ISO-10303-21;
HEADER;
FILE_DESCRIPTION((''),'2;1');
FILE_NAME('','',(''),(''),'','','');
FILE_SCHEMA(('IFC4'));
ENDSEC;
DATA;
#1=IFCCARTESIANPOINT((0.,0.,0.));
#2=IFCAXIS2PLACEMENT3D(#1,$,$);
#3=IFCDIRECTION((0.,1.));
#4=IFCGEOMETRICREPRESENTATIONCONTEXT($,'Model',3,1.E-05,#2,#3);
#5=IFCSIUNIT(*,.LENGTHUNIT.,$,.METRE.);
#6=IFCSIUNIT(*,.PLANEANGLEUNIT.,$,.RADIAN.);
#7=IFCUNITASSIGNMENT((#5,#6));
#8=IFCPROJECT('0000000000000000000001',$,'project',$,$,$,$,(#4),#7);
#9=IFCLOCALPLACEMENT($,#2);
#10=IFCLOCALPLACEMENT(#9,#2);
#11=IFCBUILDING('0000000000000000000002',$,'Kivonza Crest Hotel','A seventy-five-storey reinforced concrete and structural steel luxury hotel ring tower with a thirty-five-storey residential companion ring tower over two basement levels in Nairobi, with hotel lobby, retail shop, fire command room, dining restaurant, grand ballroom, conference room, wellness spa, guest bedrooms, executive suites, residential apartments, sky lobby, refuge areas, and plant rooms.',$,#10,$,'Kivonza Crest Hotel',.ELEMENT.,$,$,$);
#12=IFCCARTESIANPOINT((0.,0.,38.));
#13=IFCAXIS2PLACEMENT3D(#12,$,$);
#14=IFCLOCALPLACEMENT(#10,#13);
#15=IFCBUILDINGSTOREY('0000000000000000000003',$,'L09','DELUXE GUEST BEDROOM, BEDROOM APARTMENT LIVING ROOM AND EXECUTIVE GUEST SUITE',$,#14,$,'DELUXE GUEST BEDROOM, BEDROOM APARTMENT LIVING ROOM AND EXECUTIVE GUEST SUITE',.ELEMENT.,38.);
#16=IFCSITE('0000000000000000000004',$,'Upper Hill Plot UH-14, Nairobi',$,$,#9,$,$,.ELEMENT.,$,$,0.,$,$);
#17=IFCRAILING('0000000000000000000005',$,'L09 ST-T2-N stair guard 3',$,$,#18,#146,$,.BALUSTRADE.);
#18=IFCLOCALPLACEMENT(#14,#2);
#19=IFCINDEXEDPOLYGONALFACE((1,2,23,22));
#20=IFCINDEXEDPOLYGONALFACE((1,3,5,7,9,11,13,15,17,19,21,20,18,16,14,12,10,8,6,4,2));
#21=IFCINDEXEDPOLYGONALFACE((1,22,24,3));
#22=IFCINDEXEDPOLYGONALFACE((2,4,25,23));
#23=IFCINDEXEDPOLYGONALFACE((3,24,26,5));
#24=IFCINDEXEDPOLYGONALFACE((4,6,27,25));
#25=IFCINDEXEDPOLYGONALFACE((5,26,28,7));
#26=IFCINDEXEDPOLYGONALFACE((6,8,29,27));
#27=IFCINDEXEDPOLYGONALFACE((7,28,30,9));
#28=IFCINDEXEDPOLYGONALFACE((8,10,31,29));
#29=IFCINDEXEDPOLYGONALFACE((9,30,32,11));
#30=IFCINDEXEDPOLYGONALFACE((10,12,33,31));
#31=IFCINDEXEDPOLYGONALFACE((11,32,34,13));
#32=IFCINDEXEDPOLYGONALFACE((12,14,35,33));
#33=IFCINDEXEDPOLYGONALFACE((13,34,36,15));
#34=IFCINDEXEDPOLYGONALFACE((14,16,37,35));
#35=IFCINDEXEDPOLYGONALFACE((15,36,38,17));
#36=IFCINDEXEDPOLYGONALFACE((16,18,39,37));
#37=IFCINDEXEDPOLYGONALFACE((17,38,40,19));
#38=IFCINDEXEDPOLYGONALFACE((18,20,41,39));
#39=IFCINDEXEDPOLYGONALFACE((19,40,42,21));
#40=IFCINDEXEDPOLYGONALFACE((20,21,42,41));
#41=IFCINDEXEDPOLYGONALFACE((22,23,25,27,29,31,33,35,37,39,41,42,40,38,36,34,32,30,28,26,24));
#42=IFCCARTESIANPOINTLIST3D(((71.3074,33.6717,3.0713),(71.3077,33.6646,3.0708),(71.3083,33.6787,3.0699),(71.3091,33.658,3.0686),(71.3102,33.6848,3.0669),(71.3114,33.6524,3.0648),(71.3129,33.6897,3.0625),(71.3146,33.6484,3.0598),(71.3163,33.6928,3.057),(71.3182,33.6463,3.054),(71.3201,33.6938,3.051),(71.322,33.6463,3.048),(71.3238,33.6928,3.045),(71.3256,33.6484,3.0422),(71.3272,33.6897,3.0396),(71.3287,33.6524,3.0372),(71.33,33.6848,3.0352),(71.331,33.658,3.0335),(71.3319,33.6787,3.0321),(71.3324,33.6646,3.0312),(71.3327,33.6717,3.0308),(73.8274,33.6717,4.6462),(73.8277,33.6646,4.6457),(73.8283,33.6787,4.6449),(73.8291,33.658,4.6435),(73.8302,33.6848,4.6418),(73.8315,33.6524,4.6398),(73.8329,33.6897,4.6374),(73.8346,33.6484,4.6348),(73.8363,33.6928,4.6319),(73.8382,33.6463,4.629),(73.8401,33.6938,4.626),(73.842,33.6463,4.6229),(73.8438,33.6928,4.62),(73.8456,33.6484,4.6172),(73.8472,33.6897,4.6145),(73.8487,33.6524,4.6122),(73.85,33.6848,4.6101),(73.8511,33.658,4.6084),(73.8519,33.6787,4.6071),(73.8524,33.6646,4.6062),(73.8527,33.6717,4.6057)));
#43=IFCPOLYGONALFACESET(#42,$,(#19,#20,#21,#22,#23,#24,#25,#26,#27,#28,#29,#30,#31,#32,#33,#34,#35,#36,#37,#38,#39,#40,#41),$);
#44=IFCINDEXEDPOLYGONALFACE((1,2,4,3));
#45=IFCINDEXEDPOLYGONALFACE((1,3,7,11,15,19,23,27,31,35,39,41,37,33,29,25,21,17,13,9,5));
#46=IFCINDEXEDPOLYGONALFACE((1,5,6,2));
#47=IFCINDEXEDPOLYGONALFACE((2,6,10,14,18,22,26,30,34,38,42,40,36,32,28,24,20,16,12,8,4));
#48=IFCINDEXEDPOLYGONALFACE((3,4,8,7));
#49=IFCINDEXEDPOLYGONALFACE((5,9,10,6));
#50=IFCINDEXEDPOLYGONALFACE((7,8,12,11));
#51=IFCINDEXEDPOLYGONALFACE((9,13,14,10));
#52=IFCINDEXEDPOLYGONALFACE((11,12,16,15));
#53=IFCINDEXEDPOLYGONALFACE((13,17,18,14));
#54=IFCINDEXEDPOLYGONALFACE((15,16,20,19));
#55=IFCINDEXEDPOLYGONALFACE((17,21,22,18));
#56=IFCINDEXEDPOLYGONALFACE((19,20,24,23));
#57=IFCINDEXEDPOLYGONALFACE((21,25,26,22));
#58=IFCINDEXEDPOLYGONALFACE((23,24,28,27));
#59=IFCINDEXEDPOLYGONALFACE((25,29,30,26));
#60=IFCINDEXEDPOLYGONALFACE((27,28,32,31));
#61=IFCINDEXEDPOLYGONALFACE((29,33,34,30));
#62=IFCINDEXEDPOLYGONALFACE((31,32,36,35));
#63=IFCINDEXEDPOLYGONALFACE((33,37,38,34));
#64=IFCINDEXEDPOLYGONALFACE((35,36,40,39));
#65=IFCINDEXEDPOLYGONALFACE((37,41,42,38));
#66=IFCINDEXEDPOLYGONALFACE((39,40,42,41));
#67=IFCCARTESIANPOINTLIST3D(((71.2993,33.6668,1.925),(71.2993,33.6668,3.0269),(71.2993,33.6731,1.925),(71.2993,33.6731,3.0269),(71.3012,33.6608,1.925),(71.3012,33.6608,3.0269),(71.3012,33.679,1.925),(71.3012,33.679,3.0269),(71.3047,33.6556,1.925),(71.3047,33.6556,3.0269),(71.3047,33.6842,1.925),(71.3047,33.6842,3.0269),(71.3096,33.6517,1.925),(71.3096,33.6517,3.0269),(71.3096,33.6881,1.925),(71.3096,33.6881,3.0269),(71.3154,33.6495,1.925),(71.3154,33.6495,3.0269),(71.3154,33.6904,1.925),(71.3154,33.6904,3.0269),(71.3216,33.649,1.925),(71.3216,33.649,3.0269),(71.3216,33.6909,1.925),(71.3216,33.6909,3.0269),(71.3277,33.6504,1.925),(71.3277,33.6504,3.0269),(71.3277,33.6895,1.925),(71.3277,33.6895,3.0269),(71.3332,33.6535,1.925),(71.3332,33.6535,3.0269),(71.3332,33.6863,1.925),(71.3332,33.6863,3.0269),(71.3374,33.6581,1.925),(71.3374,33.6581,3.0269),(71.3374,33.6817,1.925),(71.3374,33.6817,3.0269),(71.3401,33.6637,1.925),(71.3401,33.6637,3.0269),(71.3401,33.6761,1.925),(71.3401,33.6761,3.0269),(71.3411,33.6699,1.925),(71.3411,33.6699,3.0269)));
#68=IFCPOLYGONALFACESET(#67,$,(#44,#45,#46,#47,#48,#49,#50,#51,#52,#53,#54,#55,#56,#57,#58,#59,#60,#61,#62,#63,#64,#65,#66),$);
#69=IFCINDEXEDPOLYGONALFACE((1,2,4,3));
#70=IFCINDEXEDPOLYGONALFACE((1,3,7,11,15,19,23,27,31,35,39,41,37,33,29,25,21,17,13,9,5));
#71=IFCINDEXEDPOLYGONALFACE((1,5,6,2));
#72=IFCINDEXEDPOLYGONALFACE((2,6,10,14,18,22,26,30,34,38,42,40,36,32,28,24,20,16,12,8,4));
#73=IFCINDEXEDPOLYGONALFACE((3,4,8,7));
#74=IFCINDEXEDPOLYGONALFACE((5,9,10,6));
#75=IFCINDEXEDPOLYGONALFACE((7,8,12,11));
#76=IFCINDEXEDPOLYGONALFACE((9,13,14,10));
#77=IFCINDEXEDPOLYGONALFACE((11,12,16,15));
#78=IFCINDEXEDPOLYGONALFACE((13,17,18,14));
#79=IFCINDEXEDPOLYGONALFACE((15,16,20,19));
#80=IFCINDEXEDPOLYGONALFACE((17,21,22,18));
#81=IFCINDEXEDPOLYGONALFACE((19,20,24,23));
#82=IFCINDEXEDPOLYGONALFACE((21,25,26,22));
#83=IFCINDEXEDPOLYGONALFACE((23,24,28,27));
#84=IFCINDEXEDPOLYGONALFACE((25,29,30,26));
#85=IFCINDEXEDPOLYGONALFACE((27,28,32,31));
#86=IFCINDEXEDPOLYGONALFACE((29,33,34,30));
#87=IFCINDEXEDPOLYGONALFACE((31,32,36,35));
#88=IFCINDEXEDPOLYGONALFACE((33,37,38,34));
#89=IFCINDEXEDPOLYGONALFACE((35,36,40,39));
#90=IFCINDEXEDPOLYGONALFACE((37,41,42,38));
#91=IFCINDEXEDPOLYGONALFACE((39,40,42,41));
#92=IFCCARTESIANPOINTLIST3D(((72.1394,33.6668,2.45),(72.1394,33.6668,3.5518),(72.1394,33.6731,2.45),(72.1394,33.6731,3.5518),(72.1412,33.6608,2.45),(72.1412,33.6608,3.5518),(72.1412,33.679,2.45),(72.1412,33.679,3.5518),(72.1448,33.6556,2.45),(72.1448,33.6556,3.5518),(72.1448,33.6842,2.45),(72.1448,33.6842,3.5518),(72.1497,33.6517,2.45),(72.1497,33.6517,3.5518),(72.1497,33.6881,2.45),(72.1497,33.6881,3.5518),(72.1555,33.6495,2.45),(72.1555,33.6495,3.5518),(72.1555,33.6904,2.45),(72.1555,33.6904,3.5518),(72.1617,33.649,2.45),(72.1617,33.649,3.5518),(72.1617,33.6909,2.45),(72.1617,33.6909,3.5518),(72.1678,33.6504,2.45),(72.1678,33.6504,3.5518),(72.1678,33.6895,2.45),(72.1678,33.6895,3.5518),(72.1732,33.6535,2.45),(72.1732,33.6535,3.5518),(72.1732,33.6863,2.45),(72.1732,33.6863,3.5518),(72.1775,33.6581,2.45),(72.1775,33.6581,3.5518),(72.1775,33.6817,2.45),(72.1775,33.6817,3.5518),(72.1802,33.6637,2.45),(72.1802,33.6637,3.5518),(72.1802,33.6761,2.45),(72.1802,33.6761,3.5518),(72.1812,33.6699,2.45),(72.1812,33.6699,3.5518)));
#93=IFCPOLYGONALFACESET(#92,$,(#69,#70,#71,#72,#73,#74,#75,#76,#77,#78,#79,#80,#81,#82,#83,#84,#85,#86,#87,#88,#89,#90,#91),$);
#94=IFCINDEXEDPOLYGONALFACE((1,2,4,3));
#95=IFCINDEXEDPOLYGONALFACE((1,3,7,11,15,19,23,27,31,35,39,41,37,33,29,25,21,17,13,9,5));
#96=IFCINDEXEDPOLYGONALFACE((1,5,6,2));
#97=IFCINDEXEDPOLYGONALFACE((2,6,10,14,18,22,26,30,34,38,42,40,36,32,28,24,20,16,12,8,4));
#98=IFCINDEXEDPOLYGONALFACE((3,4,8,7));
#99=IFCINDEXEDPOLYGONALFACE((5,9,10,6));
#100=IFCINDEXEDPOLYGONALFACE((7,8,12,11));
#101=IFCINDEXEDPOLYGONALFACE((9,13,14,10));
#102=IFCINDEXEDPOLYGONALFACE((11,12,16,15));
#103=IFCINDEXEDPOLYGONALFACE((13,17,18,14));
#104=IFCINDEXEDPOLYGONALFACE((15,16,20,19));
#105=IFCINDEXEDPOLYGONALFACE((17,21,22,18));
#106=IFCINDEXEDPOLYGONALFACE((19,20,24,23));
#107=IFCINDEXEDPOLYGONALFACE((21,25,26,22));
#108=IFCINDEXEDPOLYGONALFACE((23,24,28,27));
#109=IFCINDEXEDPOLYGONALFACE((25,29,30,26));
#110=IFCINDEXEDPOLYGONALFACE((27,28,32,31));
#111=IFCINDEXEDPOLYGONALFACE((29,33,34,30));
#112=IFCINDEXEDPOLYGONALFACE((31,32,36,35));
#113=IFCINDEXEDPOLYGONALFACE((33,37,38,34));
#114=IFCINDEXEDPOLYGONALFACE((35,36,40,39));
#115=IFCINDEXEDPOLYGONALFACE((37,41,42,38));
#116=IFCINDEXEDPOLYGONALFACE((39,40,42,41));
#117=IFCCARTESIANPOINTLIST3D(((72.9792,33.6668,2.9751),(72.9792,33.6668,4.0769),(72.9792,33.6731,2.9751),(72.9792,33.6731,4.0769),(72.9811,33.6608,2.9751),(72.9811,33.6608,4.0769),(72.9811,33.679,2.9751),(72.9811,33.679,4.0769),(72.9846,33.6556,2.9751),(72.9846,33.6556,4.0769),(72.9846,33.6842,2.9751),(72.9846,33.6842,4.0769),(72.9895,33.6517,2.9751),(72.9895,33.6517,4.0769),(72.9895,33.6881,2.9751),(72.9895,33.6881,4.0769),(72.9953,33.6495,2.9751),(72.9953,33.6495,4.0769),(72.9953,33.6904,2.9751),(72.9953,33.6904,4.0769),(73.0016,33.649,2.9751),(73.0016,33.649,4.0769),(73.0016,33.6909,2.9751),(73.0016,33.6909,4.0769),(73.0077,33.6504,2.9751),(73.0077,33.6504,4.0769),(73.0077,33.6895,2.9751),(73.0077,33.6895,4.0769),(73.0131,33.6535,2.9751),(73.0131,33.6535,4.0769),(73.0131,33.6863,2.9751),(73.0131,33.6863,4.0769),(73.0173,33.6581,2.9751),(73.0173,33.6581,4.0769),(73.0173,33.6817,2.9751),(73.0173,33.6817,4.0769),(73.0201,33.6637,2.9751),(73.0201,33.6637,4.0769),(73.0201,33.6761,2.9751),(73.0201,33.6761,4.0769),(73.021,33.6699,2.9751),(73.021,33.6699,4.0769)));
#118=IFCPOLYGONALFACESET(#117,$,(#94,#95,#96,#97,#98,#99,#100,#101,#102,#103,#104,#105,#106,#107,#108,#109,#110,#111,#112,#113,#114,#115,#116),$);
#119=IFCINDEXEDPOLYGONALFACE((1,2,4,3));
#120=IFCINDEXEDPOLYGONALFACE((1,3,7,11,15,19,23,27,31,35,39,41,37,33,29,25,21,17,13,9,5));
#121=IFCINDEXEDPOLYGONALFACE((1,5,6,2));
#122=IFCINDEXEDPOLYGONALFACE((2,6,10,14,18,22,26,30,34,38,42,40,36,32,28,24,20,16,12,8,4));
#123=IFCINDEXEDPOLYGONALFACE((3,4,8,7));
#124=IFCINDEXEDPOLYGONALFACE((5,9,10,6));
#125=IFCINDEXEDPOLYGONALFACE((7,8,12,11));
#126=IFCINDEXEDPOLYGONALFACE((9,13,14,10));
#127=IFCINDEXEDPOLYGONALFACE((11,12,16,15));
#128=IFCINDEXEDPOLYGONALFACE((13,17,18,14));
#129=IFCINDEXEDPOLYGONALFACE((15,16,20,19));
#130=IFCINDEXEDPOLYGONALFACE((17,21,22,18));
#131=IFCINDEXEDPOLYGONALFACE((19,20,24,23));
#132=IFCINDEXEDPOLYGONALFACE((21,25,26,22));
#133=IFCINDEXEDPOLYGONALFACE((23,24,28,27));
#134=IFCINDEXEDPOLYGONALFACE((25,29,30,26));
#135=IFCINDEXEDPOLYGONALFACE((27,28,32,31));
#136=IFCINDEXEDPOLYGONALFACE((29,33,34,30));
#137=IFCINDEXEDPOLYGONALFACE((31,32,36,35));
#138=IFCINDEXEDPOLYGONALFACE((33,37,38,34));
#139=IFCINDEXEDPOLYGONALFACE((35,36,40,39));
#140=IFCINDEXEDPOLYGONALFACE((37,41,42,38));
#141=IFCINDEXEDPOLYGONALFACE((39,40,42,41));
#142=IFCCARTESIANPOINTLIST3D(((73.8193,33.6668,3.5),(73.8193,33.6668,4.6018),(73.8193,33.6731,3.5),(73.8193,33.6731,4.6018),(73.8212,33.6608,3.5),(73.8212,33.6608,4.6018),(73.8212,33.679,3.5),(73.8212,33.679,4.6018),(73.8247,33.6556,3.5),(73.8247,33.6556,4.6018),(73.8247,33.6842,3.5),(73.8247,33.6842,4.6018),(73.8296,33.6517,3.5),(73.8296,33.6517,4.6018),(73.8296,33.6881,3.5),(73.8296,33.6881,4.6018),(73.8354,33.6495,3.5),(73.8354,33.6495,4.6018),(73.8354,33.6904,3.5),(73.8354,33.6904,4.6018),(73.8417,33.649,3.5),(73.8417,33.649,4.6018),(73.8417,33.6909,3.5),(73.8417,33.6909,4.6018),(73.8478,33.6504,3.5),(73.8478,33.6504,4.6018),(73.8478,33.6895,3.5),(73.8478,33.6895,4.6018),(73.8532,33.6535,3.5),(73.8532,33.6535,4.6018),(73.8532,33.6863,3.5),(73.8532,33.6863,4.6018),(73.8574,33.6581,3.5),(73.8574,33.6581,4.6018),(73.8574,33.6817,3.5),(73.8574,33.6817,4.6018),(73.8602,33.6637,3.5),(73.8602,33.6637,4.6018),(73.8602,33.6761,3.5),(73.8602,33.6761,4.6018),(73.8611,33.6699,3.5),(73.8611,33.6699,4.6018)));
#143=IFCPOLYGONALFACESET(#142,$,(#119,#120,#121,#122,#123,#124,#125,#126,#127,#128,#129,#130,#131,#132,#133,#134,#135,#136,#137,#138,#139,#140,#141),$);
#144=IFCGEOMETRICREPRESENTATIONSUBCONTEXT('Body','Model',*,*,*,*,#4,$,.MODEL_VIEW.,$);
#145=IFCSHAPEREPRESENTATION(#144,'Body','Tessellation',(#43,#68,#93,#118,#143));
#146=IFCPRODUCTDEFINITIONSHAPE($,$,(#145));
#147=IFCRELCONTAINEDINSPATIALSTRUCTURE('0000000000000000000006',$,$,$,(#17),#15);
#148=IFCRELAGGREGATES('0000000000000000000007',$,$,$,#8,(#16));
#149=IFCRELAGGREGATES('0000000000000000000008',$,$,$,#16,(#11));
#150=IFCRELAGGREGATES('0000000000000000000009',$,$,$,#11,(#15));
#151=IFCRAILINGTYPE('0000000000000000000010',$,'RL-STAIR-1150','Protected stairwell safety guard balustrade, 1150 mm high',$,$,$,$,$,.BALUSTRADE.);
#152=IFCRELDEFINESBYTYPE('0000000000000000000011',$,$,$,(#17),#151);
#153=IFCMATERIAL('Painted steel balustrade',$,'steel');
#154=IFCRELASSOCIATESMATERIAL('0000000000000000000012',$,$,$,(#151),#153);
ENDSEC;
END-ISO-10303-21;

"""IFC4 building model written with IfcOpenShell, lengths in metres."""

from ifc_helpers import new_model, si_unit, direction, frame, origin, origin_2d, place, context, subcontext, project, spatial, circle, extrude, material, type_object, element, save


model = new_model("IFC4")

# Units and contexts
model_context = context("Model", 3, precision=1e-05, world=origin(), true_north=direction((0.0, 1.0)))
body_context = subcontext(model_context, "Body", "Model", "MODEL_VIEW")
ifc_project = project(units=[si_unit("LENGTHUNIT", "METRE"), si_unit("PLANEANGLEUNIT", "RADIAN")], contexts=[model_context])

# Site, building, storey
site_placement = place(None, origin())
site = spatial("IfcSite", under=ifc_project, at=site_placement, Name="Upper Hill Plot UH-14, Nairobi", CompositionType="ELEMENT", RefElevation=0.0)
building_placement = place(site_placement, origin())
building = spatial("IfcBuilding", under=site, at=building_placement, Name="Kivonza Crest Hotel", Description="A seventy-five-storey reinforced concrete and structural steel luxury hotel ring tower with a thirty-five-storey residential companion ring tower over two basement levels in Nairobi, with hotel lobby, retail shop, fire command room, dining restaurant, grand ballroom, conference room, wellness spa, guest bedrooms, executive suites, residential apartments, sky lobby, refuge areas, and plant rooms.", LongName="Kivonza Crest Hotel", CompositionType="ELEMENT")
storey_placement = place(building_placement, frame((0.0, 0.0, 38.0)))
storey = spatial("IfcBuildingStorey", under=building, at=storey_placement, Name="L09", Description="DELUXE GUEST BEDROOM, BEDROOM APARTMENT LIVING ROOM AND EXECUTIVE GUEST SUITE", LongName="DELUXE GUEST BEDROOM, BEDROOM APARTMENT LIVING ROOM AND EXECUTIVE GUEST SUITE", CompositionType="ELEMENT", Elevation=38.0)

# Railing
ifc_material_1 = material(Name="Painted steel balustrade", Category="steel")
railing_type_1 = type_object("IfcRailingType", Name="RL-STAIR-1150", Description="Protected stairwell safety guard balustrade, 1150 mm high", PredefinedType="BALUSTRADE", material=ifc_material_1)
railing_1_placement = place(storey_placement, frame((71.3201, 33.6699, 1.925)))
element("IfcRailing", 1, at=railing_1_placement, inside=storey, type_object=railing_type_1, Name="L09 ST-T2-N stair guard 3", PredefinedType="BALUSTRADE", context=body_context, shape_type="SweptSolid", body=[
    extrude(circle(Radius=0.0239, at=origin_2d()), frame((0.0, 0.0, 1.126), z_axis=(0.848008, 0.0, 0.529984), x_axis=(0.0, 1.0, 0.0)), (0.0, 0.0, 1.0), 2.9717),
    extrude(circle(Radius=0.021, at=origin_2d()), origin(), (0.0, 0.0, 1.0), 1.1018),
    extrude(circle(Radius=0.021, at=origin_2d()), frame((0.8401, 0.0, 0.5249)), (0.0, 0.0, 1.0), 1.1018),
    extrude(circle(Radius=0.021, at=origin_2d()), frame((1.6799, 0.0, 1.05)), (0.0, 0.0, 1.0), 1.1018),
    extrude(circle(Radius=0.021, at=origin_2d()), frame((2.52, 0.0, 1.575)), (0.0, 0.0, 1.0), 1.1018),
])

save(model, "model.ifc")
